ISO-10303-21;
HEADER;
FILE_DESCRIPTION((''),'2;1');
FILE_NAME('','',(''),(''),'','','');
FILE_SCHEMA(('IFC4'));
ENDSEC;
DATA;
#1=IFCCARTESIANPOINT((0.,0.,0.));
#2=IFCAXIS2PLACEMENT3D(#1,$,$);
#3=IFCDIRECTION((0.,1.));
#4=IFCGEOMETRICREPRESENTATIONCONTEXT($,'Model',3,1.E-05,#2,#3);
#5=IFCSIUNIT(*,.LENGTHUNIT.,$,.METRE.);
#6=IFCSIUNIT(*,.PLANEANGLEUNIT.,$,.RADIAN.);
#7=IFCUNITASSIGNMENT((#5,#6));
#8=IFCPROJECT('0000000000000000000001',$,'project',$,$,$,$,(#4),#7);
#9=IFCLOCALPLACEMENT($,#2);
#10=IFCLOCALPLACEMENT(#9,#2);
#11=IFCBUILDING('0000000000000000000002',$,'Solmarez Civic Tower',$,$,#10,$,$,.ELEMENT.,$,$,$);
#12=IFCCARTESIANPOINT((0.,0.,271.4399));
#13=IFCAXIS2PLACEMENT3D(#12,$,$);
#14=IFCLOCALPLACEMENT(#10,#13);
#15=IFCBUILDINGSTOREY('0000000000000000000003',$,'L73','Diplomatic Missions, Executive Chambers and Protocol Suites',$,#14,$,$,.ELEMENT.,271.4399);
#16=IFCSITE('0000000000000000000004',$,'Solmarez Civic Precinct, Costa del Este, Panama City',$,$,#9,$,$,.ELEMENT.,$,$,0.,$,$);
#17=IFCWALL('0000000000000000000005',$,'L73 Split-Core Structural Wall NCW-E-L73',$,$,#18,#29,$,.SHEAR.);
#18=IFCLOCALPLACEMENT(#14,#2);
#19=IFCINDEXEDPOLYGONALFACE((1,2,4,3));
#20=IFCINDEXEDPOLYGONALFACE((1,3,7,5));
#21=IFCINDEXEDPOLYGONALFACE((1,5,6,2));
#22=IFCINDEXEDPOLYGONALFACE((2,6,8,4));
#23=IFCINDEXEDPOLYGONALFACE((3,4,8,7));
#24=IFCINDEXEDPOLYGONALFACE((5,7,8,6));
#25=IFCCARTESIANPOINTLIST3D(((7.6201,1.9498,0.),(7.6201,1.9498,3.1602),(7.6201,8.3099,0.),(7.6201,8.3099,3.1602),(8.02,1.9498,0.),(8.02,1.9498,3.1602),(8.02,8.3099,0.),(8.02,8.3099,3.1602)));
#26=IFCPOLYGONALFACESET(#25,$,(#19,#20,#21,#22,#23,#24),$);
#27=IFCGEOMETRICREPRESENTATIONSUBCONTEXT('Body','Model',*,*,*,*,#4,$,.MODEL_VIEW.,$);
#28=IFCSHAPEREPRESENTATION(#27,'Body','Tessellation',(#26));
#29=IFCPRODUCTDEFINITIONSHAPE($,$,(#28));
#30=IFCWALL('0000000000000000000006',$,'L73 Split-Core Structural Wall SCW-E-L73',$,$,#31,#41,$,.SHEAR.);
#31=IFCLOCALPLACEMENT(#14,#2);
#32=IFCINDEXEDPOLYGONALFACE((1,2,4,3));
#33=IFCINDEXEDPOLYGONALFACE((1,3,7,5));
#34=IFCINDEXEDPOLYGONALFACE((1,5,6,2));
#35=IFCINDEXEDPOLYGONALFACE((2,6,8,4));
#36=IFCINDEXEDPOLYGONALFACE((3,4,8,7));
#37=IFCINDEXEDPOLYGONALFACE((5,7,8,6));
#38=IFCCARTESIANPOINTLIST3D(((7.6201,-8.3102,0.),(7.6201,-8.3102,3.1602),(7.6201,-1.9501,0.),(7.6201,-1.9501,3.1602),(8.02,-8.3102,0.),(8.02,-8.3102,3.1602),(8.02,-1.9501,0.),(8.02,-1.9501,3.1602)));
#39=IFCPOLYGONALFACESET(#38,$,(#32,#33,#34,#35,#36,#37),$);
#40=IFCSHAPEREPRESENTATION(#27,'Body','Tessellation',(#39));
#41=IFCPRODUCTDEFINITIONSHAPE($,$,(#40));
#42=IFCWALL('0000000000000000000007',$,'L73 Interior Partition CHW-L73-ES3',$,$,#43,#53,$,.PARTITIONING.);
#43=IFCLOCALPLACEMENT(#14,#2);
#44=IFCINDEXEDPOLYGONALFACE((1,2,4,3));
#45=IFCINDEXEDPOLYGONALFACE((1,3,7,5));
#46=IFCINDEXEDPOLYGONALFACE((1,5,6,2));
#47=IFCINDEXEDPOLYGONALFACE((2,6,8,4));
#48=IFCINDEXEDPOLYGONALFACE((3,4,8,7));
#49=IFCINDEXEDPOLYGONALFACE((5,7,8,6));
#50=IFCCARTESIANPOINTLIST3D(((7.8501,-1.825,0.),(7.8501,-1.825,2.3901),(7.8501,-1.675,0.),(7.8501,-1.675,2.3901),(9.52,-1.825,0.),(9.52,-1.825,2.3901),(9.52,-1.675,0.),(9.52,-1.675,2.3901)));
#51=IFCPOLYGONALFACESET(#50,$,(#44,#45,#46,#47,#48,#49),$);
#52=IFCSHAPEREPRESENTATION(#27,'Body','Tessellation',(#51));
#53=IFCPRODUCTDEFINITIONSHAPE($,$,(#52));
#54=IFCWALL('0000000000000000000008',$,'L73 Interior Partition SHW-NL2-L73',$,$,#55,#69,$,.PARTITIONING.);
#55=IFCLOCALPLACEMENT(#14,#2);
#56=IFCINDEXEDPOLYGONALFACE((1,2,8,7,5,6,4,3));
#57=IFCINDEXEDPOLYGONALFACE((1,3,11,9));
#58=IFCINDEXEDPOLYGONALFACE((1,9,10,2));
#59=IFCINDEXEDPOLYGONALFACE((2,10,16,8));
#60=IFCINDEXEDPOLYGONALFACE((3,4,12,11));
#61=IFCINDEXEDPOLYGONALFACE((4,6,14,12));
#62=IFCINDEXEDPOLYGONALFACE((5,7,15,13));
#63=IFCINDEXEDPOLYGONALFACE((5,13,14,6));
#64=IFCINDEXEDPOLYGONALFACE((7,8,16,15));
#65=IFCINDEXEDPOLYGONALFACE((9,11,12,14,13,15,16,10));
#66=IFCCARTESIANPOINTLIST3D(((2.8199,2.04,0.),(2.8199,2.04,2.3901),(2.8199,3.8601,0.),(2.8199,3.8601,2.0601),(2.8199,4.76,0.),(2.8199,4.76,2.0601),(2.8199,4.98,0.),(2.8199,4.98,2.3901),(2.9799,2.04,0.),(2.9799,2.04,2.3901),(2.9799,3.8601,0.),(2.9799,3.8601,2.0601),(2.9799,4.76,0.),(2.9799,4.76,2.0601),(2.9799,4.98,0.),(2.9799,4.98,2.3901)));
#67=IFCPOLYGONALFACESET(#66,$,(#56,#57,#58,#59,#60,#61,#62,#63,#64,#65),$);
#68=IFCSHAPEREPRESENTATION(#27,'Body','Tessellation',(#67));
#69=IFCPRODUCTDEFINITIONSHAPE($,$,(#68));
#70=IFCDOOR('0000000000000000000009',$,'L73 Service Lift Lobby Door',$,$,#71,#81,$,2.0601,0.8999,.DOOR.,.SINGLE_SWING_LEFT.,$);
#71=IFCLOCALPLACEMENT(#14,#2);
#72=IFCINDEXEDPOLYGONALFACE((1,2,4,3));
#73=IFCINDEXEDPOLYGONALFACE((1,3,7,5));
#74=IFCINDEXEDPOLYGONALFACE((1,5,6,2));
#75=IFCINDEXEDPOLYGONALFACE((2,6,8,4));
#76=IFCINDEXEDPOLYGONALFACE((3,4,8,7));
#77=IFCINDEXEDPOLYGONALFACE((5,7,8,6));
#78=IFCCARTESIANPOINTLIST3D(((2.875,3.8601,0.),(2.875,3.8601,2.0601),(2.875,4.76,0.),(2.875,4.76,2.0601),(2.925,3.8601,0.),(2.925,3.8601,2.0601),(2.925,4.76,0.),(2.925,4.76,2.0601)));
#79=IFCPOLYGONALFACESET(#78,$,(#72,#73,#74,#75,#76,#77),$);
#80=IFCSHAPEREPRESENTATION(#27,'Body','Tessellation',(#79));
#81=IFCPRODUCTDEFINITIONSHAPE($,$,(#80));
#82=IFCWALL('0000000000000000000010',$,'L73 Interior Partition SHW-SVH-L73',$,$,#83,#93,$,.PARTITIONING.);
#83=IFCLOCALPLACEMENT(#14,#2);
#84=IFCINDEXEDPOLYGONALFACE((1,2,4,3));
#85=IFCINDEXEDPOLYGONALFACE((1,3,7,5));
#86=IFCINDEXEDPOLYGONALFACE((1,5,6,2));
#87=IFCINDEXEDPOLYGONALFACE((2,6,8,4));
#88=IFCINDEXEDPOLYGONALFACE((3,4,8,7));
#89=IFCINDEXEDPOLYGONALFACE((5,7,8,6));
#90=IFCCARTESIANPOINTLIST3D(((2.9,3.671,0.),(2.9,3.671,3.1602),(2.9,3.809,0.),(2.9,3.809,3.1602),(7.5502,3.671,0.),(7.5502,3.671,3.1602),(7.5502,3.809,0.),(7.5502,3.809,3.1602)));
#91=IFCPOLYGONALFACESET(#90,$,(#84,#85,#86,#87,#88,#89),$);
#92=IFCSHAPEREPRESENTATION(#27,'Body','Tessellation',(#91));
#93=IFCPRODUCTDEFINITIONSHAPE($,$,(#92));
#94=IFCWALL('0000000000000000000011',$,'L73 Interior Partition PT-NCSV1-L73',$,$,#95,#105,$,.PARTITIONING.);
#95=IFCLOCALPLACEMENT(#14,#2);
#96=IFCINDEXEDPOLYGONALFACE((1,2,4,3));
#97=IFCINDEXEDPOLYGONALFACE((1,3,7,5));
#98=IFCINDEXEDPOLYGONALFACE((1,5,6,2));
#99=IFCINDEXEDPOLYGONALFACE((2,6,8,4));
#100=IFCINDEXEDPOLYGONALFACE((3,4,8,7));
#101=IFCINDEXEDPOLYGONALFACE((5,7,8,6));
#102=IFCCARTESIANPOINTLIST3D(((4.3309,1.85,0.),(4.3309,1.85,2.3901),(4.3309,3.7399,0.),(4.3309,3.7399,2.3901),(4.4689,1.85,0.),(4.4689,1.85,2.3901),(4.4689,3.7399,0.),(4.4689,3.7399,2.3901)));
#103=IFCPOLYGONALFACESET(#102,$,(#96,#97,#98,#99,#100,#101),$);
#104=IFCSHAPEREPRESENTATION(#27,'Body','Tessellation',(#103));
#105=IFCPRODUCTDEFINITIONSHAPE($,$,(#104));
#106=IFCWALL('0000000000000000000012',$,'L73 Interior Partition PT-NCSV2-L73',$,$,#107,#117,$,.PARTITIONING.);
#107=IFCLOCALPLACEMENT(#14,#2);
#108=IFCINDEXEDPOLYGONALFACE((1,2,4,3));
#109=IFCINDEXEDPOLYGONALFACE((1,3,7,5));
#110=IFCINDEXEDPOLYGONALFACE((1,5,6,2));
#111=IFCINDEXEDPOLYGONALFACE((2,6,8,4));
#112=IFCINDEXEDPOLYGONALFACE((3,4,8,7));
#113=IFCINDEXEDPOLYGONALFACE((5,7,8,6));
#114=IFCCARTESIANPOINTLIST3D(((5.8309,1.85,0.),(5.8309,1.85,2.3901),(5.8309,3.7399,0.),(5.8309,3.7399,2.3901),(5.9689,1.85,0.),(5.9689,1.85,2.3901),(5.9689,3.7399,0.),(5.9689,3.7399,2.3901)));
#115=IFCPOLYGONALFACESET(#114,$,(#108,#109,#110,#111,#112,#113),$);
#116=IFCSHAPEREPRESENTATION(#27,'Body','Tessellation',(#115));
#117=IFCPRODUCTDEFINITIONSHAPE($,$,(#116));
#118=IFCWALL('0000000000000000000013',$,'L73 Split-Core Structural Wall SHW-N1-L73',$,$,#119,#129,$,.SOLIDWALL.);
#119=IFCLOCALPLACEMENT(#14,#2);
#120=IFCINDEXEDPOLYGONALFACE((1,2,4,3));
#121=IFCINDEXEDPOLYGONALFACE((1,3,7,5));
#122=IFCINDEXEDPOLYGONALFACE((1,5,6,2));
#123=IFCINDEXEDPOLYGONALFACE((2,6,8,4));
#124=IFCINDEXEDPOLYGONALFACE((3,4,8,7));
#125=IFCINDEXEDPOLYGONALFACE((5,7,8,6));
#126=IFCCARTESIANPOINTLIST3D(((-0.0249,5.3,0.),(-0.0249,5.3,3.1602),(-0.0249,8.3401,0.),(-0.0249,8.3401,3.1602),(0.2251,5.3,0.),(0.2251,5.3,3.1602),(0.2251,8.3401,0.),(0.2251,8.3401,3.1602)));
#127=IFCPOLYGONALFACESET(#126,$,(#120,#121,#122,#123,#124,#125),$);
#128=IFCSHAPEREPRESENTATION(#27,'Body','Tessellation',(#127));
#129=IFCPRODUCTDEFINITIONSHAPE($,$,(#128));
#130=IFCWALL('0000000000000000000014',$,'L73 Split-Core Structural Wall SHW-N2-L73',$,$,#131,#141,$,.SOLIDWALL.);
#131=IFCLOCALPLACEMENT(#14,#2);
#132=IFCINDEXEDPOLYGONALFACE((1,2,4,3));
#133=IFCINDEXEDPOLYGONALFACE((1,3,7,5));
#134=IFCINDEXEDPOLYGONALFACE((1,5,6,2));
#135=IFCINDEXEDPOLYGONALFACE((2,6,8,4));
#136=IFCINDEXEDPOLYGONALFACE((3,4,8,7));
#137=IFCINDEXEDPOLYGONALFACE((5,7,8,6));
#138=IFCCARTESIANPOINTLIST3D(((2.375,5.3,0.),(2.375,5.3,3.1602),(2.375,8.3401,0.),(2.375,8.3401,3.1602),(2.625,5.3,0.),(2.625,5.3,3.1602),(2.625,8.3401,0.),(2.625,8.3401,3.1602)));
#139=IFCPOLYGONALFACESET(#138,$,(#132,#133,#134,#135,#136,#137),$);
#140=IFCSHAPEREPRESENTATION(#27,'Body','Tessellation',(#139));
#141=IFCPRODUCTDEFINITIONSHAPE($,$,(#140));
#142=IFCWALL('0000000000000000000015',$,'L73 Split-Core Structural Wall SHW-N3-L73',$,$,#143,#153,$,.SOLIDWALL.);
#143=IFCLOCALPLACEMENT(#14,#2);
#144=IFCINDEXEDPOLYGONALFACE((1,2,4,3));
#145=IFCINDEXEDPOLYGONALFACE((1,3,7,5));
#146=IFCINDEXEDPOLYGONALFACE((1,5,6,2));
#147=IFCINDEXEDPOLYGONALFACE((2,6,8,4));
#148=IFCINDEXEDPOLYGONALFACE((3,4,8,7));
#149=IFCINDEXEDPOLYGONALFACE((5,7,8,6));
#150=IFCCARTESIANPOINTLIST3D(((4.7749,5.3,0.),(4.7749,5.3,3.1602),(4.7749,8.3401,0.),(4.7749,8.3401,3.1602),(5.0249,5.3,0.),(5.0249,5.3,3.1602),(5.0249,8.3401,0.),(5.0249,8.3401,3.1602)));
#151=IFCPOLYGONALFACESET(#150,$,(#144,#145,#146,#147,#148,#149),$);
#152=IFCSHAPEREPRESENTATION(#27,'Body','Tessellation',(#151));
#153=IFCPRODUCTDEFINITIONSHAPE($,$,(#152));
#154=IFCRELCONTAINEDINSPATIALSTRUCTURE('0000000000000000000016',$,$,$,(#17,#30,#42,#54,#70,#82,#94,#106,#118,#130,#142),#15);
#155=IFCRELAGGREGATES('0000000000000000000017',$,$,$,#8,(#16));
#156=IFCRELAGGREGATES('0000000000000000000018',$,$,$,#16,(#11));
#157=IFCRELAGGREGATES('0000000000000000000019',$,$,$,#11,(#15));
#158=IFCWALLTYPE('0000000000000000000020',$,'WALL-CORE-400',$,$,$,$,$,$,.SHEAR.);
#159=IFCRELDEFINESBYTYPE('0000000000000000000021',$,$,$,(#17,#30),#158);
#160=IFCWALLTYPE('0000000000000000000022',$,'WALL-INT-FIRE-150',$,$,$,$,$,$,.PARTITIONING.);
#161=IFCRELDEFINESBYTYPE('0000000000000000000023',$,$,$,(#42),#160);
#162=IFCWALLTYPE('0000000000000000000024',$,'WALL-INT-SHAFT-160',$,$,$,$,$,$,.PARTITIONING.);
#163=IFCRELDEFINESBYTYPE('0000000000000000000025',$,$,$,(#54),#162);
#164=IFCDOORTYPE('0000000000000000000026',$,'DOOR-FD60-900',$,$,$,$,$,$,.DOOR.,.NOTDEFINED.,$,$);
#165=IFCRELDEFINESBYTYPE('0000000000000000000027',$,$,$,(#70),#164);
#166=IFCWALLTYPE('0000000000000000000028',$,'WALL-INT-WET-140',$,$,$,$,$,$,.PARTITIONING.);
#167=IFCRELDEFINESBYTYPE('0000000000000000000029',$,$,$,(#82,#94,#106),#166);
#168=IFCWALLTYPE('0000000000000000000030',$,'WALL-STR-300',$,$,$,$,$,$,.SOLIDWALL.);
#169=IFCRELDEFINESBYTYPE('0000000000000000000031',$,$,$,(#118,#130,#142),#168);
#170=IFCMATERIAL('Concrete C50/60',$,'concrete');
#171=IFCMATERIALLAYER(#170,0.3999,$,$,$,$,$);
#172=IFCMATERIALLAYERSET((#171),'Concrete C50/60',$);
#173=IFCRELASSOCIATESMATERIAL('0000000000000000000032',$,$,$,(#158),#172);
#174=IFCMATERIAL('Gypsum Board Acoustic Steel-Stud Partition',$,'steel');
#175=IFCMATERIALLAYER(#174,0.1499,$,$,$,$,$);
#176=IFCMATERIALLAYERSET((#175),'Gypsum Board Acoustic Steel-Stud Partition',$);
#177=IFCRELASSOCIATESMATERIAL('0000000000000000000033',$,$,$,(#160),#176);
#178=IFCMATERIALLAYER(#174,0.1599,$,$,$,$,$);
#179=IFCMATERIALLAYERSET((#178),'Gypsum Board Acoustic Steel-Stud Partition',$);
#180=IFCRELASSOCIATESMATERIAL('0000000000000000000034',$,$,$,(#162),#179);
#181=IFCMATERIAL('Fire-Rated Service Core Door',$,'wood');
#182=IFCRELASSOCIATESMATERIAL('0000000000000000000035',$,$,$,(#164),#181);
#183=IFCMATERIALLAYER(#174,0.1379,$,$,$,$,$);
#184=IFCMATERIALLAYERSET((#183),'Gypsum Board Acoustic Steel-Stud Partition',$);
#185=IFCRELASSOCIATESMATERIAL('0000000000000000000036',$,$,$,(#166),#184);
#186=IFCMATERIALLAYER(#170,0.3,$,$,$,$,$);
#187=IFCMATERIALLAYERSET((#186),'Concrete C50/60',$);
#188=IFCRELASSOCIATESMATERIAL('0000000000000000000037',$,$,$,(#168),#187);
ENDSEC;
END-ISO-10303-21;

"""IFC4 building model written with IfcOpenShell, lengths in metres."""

from ifc_helpers import new_model, si_unit, direction, frame, frame_2d, origin, place, context, subcontext, project, spatial, rectangle, extrude, material, layer, layer_set, type_object, element, fill, save


model = new_model("IFC4")

# Units and contexts
model_context = context("Model", 3, precision=1e-05, world=origin(), true_north=direction((0.0, 1.0)))
body_context = subcontext(model_context, "Body", "Model", "MODEL_VIEW")
ifc_project = project(units=[si_unit("LENGTHUNIT", "METRE"), si_unit("PLANEANGLEUNIT", "RADIAN")], contexts=[model_context])

# Site, building, storey
site_placement = place(None, origin())
site = spatial("IfcSite", under=ifc_project, at=site_placement, Name="Solmarez Civic Precinct, Costa del Este, Panama City", CompositionType="ELEMENT", RefElevation=0.0)
building_placement = place(site_placement, origin())
building = spatial("IfcBuilding", under=site, at=building_placement, Name="Solmarez Civic Tower", CompositionType="ELEMENT")
storey_placement = place(building_placement, frame((0.0, 0.0, 271.4399)))
storey = spatial("IfcBuildingStorey", under=building, at=storey_placement, Name="L73", Description="Diplomatic Missions, Executive Chambers and Protocol Suites", CompositionType="ELEMENT", Elevation=271.4399)

# Walls
ifc_material_1 = material(Name="Concrete C50/60", Category="concrete")
ifc_layer_1 = layer(ifc_material_1, 0.3999)
ifc_layer_set_1 = layer_set([ifc_layer_1], Name="Concrete C50/60")
wall_type_1 = type_object("IfcWallType", Name="WALL-CORE-400", PredefinedType="SHEAR", material=ifc_layer_set_1)
for number, where, z_axis, x_axis, name in (
    (1, (7.8201, 8.3101, 0.0), (0.0, 0.0, 1.0), (0.0, -1.0, 0.0), "L73 Split-Core Structural Wall NCW-E-L73"),
    (2, (7.8201, -1.95, 0.0), (0.0, 0.0, 1.0), (0.0, -1.0, 0.0), "L73 Split-Core Structural Wall SCW-E-L73"),
):
    element("IfcWall", number, at=place(storey_placement, frame(where, z_axis=z_axis, x_axis=x_axis)), inside=storey, type_object=wall_type_1, Name=name, PredefinedType="SHEAR", context=body_context, shape_type="SweptSolid", body=[
        extrude(rectangle(XDim=6.3601, YDim=0.3999, at=frame_2d((3.1802, 0.0))), origin(), (0.0, 0.0, 1.0), 3.1602),
    ])
ifc_material_2 = material(Name="Gypsum Board Acoustic Steel-Stud Partition", Category="steel")
ifc_layer_2 = layer(ifc_material_2, 0.1499)
ifc_layer_set_2 = layer_set([ifc_layer_2], Name="Gypsum Board Acoustic Steel-Stud Partition")
wall_type_2 = type_object("IfcWallType", Name="WALL-INT-FIRE-150", PredefinedType="PARTITIONING", material=ifc_layer_set_2)
wall_1_placement = place(storey_placement, frame((7.8501, -1.75, 0.0), z_axis=(0.0, 0.0, 1.0), x_axis=(1.0, 0.0, 0.0)))
element("IfcWall", 3, at=wall_1_placement, inside=storey, type_object=wall_type_2, Name="L73 Interior Partition CHW-L73-ES3", PredefinedType="PARTITIONING", context=body_context, shape_type="SweptSolid", body=[
    extrude(rectangle(XDim=1.6699, YDim=0.1499, at=frame_2d((0.835, 0.0))), origin(), (0.0, 0.0, 1.0), 2.3901),
])

# Wall, opening, door
ifc_layer_3 = layer(ifc_material_2, 0.1599)
ifc_layer_set_3 = layer_set([ifc_layer_3], Name="Gypsum Board Acoustic Steel-Stud Partition")
wall_type_3 = type_object("IfcWallType", Name="WALL-INT-SHAFT-160", PredefinedType="PARTITIONING", material=ifc_layer_set_3)
wall_2_placement = place(storey_placement, frame((2.8999, 2.04, 0.0), z_axis=(0.0, 0.0, 1.0), x_axis=(0.0, 1.0, 0.0)))
wall_2 = element("IfcWall", 4, at=wall_2_placement, inside=storey, type_object=wall_type_3, Name="L73 Interior Partition SHW-NL2-L73", PredefinedType="PARTITIONING", context=body_context, shape_type="SweptSolid", body=[
    extrude(rectangle(XDim=2.9399, YDim=0.1599, at=frame_2d((1.47, 0.0))), origin(), (0.0, 0.0, 1.0), 2.3901),
])
opening_1_placement = place(wall_2_placement, frame((1.8201, 0.0, 0.0)))
opening_1 = element("IfcOpeningElement", 5, at=opening_1_placement, cuts=wall_2, PredefinedType="OPENING", context=body_context, shape_type="SweptSolid", body=[
    extrude(rectangle(XDim=0.8999, YDim=2.0601, at=frame_2d((0.45, 1.03))), frame((0.0, 0.0898, 0.0), z_axis=(0.0, -1.0, 0.0), x_axis=(1.0, 0.0, 0.0)), (0.0, 0.0, 1.0), 0.1799),
])
ifc_material_3 = material(Name="Fire-Rated Service Core Door", Category="wood")
door_type_1 = type_object("IfcDoorType", Name="DOOR-FD60-900", OperationType="NOTDEFINED", PredefinedType="DOOR", material=ifc_material_3)
door_1_placement = place(opening_1_placement, origin())
door_1 = element("IfcDoor", 6, at=door_1_placement, inside=storey, type_object=door_type_1, Name="L73 Service Lift Lobby Door", OperationType="SINGLE_SWING_LEFT", OverallHeight=2.0601, OverallWidth=0.8999, PredefinedType="DOOR", context=body_context, shape_type="SweptSolid", body=[
    extrude(rectangle(XDim=0.8999, YDim=2.0601, at=frame_2d((0.45, 1.03))), frame((0.0, 0.0249, 0.0), z_axis=(0.0, -1.0, 0.0), x_axis=(1.0, 0.0, 0.0)), (0.0, 0.0, 1.0), 0.05),
])
fill(opening_1, door_1)

# Walls
ifc_layer_4 = layer(ifc_material_2, 0.1379)
ifc_layer_set_4 = layer_set([ifc_layer_4], Name="Gypsum Board Acoustic Steel-Stud Partition")
wall_type_4 = type_object("IfcWallType", Name="WALL-INT-WET-140", PredefinedType="PARTITIONING", material=ifc_layer_set_4)
wall_3_placement = place(storey_placement, frame((2.8999, 3.74, 0.0), z_axis=(0.0, 0.0, 1.0), x_axis=(1.0, 0.0, 0.0)))
element("IfcWall", 7, at=wall_3_placement, inside=storey, type_object=wall_type_4, Name="L73 Interior Partition SHW-SVH-L73", PredefinedType="PARTITIONING", context=body_context, shape_type="SweptSolid", body=[
    extrude(rectangle(XDim=4.6501, YDim=0.1379, at=frame_2d((2.3252, 0.0))), origin(), (0.0, 0.0, 1.0), 3.1602),
])
for number, where, z_axis, x_axis, name in (
    (8, (4.3999, 1.8501, 0.0), (0.0, 0.0, 1.0), (0.0, 1.0, 0.0), "L73 Interior Partition PT-NCSV1-L73"),
    (9, (5.8999, 1.8501, 0.0), (0.0, 0.0, 1.0), (0.0, 1.0, 0.0), "L73 Interior Partition PT-NCSV2-L73"),
):
    element("IfcWall", number, at=place(storey_placement, frame(where, z_axis=z_axis, x_axis=x_axis)), inside=storey, type_object=wall_type_4, Name=name, PredefinedType="PARTITIONING", context=body_context, shape_type="SweptSolid", body=[
        extrude(rectangle(XDim=1.8899, YDim=0.1379, at=frame_2d((0.9448, 0.0))), origin(), (0.0, 0.0, 1.0), 2.3901),
    ])

# Shared definitions
ifc_layer_5 = layer(ifc_material_1, 0.3)
ifc_layer_set_5 = layer_set([ifc_layer_5], Name="Concrete C50/60")
wall_type_5 = type_object("IfcWallType", Name="WALL-STR-300", PredefinedType="SOLIDWALL", material=ifc_layer_set_5)

# Walls
for number, where, z_axis, x_axis, name in (
    (10, (0.1001, 5.3, 0.0), (0.0, 0.0, 1.0), (0.0, 1.0, 0.0), "L73 Split-Core Structural Wall SHW-N1-L73"),
    (11, (2.5, 5.3, 0.0), (0.0, 0.0, 1.0), (0.0, 1.0, 0.0), "L73 Split-Core Structural Wall SHW-N2-L73"),
    (12, (4.8999, 5.3, 0.0), (0.0, 0.0, 1.0), (0.0, 1.0, 0.0), "L73 Split-Core Structural Wall SHW-N3-L73"),
):
    element("IfcWall", number, at=place(storey_placement, frame(where, z_axis=z_axis, x_axis=x_axis)), inside=storey, type_object=wall_type_5, Name=name, PredefinedType="SOLIDWALL", context=body_context, shape_type="SweptSolid", body=[
        extrude(rectangle(XDim=3.04, YDim=0.25, at=frame_2d((1.52, 0.0))), origin(), (0.0, 0.0, 1.0), 3.1602),
    ])

save(model, "model.ifc")
